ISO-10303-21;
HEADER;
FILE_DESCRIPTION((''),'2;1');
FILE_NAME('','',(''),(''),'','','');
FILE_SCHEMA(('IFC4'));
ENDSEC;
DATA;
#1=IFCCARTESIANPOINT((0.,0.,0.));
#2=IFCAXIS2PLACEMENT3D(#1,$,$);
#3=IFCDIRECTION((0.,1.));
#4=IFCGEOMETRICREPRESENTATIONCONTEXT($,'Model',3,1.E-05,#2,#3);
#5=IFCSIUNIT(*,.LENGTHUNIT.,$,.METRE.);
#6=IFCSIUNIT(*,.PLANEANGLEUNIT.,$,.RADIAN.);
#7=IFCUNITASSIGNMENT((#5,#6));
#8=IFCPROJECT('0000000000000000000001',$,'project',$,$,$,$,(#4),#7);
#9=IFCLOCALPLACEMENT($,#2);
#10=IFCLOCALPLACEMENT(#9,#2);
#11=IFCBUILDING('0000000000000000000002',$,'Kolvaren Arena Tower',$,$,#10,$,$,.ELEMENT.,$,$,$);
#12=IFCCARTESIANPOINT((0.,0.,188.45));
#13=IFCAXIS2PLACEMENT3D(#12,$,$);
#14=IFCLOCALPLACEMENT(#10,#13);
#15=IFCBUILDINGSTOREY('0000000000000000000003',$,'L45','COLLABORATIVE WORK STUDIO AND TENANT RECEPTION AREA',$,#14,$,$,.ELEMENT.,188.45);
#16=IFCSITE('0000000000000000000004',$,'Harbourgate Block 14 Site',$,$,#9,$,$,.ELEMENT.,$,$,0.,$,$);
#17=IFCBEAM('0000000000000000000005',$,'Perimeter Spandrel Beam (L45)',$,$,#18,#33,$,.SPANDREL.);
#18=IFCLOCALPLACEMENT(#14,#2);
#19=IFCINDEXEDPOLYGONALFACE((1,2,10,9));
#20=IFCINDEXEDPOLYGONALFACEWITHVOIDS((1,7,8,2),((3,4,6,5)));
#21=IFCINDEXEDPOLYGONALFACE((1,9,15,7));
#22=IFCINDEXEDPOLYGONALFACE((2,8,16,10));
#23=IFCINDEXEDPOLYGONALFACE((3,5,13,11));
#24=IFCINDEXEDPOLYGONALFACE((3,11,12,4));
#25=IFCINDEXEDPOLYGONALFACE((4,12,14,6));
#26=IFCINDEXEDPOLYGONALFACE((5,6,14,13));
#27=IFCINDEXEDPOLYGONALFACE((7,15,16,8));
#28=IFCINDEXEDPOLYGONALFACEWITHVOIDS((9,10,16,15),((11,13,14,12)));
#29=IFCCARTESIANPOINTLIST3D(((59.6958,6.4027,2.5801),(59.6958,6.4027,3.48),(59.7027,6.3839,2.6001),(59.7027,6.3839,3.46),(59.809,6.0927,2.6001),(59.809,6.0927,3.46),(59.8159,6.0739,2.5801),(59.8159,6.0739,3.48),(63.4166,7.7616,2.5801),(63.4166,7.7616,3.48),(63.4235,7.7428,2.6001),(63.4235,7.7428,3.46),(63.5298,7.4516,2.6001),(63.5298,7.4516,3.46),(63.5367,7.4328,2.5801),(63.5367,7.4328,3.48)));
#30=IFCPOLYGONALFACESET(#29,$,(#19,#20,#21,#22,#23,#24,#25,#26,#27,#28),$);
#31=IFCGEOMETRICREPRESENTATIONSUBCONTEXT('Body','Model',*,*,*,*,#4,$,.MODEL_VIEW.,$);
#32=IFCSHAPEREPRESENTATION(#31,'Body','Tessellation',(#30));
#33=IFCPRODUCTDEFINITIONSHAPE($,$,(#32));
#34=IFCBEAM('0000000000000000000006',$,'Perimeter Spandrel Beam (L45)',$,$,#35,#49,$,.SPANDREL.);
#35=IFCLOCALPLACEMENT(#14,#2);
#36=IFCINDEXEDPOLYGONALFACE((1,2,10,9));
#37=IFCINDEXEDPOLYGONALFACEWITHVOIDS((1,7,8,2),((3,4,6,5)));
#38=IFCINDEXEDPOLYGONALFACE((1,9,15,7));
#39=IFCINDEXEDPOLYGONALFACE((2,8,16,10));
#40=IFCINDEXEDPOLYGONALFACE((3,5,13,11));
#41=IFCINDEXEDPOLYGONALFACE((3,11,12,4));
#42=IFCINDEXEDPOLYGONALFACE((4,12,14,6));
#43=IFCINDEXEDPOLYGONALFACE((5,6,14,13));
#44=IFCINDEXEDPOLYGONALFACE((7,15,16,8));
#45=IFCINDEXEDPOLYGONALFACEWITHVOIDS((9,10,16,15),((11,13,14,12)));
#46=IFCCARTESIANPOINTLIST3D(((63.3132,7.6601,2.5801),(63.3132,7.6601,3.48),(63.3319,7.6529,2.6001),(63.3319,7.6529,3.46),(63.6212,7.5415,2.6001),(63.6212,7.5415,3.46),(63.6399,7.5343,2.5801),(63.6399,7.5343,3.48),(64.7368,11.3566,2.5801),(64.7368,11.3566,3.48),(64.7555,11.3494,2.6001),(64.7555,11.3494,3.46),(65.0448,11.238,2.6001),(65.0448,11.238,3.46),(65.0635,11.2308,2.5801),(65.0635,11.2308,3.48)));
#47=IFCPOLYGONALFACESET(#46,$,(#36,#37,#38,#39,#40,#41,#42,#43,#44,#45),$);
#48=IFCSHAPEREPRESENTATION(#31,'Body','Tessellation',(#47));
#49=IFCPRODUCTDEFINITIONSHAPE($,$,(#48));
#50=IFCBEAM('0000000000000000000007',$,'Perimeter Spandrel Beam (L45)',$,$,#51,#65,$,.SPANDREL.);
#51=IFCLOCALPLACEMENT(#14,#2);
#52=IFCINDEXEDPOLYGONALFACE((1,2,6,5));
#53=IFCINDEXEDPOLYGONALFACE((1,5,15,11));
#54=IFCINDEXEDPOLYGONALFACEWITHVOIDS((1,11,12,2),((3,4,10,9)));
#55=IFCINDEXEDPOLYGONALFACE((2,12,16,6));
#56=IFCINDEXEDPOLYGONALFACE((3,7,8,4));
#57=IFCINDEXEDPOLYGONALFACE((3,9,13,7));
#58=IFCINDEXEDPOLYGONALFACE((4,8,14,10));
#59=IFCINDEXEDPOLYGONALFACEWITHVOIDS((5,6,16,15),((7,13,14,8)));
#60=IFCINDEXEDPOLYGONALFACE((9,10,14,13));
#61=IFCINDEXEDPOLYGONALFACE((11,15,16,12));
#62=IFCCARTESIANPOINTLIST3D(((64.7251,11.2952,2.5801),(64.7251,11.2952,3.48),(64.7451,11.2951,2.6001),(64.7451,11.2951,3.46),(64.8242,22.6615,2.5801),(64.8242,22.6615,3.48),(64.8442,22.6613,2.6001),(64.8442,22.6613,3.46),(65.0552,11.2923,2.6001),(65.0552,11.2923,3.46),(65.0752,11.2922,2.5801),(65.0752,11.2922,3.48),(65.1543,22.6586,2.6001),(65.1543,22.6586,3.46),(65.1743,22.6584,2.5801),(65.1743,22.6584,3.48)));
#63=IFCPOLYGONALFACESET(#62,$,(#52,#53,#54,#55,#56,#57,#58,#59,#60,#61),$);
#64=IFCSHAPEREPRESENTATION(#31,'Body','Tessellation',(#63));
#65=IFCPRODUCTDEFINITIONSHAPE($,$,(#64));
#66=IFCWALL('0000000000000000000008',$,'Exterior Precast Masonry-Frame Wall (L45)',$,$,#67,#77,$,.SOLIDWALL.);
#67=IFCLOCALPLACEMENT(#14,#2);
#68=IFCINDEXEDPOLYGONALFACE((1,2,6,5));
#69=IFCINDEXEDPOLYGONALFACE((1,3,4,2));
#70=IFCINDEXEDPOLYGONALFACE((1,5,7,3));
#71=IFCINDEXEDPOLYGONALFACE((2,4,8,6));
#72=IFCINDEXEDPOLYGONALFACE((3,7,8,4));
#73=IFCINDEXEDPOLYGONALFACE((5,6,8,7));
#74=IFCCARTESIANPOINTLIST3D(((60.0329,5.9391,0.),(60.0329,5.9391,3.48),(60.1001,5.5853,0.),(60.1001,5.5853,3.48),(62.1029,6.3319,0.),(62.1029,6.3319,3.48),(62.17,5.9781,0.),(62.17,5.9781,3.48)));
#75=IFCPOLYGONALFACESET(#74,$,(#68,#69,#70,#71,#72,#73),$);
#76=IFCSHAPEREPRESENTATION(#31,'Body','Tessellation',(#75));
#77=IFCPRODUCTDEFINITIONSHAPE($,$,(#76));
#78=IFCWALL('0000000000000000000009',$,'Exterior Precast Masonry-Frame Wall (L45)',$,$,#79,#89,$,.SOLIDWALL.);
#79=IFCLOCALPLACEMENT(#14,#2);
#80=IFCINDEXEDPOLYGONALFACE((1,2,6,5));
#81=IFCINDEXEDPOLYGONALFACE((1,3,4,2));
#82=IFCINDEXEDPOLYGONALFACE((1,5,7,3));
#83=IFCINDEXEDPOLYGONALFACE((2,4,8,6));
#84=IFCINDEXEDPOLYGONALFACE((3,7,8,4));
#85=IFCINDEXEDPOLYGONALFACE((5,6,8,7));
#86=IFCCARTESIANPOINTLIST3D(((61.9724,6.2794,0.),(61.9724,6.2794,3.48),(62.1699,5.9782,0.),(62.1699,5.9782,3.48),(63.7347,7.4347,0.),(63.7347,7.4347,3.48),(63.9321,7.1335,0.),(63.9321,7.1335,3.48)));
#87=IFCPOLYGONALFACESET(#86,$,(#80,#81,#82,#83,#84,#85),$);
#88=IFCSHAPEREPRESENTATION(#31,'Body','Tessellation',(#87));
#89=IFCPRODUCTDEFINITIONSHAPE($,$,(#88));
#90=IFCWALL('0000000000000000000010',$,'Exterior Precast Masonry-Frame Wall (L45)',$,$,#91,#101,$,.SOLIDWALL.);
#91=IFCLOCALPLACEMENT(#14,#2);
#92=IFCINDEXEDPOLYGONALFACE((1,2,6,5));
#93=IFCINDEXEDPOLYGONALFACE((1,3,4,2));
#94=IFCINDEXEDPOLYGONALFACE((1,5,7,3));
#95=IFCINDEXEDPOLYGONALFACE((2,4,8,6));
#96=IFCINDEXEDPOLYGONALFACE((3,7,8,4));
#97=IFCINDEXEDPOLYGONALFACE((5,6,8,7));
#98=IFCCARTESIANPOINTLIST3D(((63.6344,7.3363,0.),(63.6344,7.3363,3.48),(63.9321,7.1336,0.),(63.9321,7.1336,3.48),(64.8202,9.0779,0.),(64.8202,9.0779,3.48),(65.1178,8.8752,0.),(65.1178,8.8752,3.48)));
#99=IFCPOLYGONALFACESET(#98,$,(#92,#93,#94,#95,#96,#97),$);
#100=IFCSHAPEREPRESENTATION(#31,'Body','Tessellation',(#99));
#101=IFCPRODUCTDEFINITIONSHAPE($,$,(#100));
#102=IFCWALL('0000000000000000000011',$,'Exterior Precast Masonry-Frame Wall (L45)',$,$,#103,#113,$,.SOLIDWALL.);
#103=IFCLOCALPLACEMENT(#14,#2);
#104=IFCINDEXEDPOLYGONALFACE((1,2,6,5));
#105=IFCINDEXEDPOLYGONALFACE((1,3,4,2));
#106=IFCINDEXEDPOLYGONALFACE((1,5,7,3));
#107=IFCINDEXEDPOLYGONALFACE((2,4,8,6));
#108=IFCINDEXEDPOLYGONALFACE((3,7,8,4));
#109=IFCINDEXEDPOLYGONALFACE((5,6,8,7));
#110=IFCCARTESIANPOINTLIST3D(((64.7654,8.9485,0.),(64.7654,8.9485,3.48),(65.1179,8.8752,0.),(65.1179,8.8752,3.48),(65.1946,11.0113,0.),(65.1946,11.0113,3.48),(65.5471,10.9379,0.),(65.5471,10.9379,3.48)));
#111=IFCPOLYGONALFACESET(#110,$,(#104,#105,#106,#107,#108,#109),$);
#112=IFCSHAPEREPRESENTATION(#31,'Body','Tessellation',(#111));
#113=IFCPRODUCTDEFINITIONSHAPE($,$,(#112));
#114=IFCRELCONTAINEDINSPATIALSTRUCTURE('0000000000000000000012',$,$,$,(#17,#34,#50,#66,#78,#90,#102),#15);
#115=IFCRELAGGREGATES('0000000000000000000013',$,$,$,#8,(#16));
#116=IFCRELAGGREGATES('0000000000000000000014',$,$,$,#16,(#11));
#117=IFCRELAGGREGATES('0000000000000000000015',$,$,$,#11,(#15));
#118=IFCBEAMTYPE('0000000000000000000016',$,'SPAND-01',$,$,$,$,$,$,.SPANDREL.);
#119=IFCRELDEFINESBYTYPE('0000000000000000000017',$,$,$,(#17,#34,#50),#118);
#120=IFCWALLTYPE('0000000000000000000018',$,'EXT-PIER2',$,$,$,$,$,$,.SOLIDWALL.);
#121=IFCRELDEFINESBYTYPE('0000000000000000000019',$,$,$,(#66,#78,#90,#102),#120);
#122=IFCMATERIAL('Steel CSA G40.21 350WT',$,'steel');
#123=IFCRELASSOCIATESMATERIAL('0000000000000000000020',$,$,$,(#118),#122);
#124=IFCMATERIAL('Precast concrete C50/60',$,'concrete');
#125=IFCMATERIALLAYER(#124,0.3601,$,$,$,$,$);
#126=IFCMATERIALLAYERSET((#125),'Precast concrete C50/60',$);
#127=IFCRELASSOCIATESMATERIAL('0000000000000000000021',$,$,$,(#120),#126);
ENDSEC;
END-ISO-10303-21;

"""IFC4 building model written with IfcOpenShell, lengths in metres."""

from ifc_helpers import new_model, si_unit, direction, frame, frame_2d, origin, origin_2d, place, context, subcontext, project, spatial, rectangle, hollow_rectangle, extrude, material, layer, layer_set, material_profile, profile_set, type_object, element, save


model = new_model("IFC4")

# Units and contexts
model_context = context("Model", 3, precision=1e-05, world=origin(), true_north=direction((0.0, 1.0)))
body_context = subcontext(model_context, "Body", "Model", "MODEL_VIEW")
ifc_project = project(units=[si_unit("LENGTHUNIT", "METRE"), si_unit("PLANEANGLEUNIT", "RADIAN")], contexts=[model_context])

# Site, building, storey
site_placement = place(None, origin())
site = spatial("IfcSite", under=ifc_project, at=site_placement, Name="Harbourgate Block 14 Site", CompositionType="ELEMENT", RefElevation=0.0)
building_placement = place(site_placement, origin())
building = spatial("IfcBuilding", under=site, at=building_placement, Name="Kolvaren Arena Tower", CompositionType="ELEMENT")
storey_placement = place(building_placement, frame((0.0, 0.0, 188.45)))
storey = spatial("IfcBuildingStorey", under=building, at=storey_placement, Name="L45", Description="COLLABORATIVE WORK STUDIO AND TENANT RECEPTION AREA", CompositionType="ELEMENT", Elevation=188.45)

# Beams
ifc_material_1 = material(Name="Steel CSA G40.21 350WT", Category="steel")
ifc_material_profile_1 = material_profile(ifc_material_1, hollow_rectangle(XDim=0.3501, YDim=0.8999, WallThickness=0.02, at=origin_2d()), Name="HSS 900x350x20")
ifc_profile_set_1 = profile_set([ifc_material_profile_1], Name="Steel CSA G40.21 350WT")
beam_type_1 = type_object("IfcBeamType", Name="SPAND-01", PredefinedType="SPANDREL", material=ifc_profile_set_1)
for number, where, z_axis, x_axis, name in (
    (1, (59.7559, 6.2383, 3.03), (0.939314, 0.343059, 0.0), (-0.343059, 0.939314, 0.0), "Perimeter Spandrel Beam (L45)"),
    (2, (63.4766, 7.5972, 3.03), (0.359384, 0.93319, 0.0), (-0.93319, 0.359384, 0.0), "Perimeter Spandrel Beam (L45)"),
):
    element("IfcBeam", number, at=place(storey_placement, frame(where, z_axis=z_axis, x_axis=x_axis)), inside=storey, type_object=beam_type_1, Name=name, PredefinedType="SPANDREL", context=body_context, shape_type="SweptSolid", body=[
        extrude(hollow_rectangle(XDim=0.3501, YDim=0.8999, WallThickness=0.02, at=origin_2d()), origin(), (0.0, 0.0, 1.0), 3.9612),
    ])
beam_1_placement = place(storey_placement, frame((64.9001, 11.2937, 3.03), z_axis=(0.00872, 0.999962, 0.0), x_axis=(-0.999962, 0.00872, 0.0)))
element("IfcBeam", 3, at=beam_1_placement, inside=storey, type_object=beam_type_1, Name="Perimeter Spandrel Beam (L45)", PredefinedType="SPANDREL", context=body_context, shape_type="SweptSolid", body=[
    extrude(hollow_rectangle(XDim=0.3501, YDim=0.8999, WallThickness=0.02, at=origin_2d()), origin(), (0.0, 0.0, 1.0), 11.3667),
])

# Walls
ifc_material_2 = material(Name="Precast concrete C50/60", Category="concrete")
ifc_layer_1 = layer(ifc_material_2, 0.3601)
ifc_layer_set_1 = layer_set([ifc_layer_1], Name="Precast concrete C50/60")
wall_type_1 = type_object("IfcWallType", Name="EXT-PIER2", PredefinedType="SOLIDWALL", material=ifc_layer_set_1)
wall_1_placement = place(storey_placement, frame((62.1365, 6.155, 0.0), z_axis=(0.0, 0.0, 1.0), x_axis=(-0.982467, -0.186436, 0.0)))
element("IfcWall", 4, at=wall_1_placement, inside=storey, type_object=wall_type_1, Name="Exterior Precast Masonry-Frame Wall (L45)", PredefinedType="SOLIDWALL", context=body_context, shape_type="SweptSolid", body=[
    extrude(rectangle(XDim=2.1069, YDim=0.3601, at=frame_2d((1.0535, 0.0))), origin(), (0.0, 0.0, 1.0), 3.48),
])
wall_2_placement = place(storey_placement, frame((63.8335, 7.2842, 0.0), z_axis=(0.0, 0.0, 1.0), x_axis=(-0.836304, -0.548267, 0.0)))
element("IfcWall", 5, at=wall_2_placement, inside=storey, type_object=wall_type_1, Name="Exterior Precast Masonry-Frame Wall (L45)", PredefinedType="SOLIDWALL", context=body_context, shape_type="SweptSolid", body=[
    extrude(rectangle(XDim=2.1072, YDim=0.3601, at=frame_2d((1.0537, 0.0))), origin(), (0.0, 0.0, 1.0), 3.48),
])
for number, where, z_axis, x_axis, name in (
    (6, (64.969, 8.9766, 0.0), (0.0, 0.0, 1.0), (-0.562776, -0.82661, 0.0), "Exterior Precast Masonry-Frame Wall (L45)"),
    (7, (65.3708, 10.9746, 0.0), (0.0, 0.0, 1.0), (-0.203709, -0.979031, 0.0), "Exterior Precast Masonry-Frame Wall (L45)"),
):
    element("IfcWall", number, at=place(storey_placement, frame(where, z_axis=z_axis, x_axis=x_axis)), inside=storey, type_object=wall_type_1, Name=name, PredefinedType="SOLIDWALL", context=body_context, shape_type="SweptSolid", body=[
        extrude(rectangle(XDim=2.1069, YDim=0.3601, at=frame_2d((1.0535, 0.0))), origin(), (0.0, 0.0, 1.0), 3.48),
    ])

save(model, "model.ifc")
